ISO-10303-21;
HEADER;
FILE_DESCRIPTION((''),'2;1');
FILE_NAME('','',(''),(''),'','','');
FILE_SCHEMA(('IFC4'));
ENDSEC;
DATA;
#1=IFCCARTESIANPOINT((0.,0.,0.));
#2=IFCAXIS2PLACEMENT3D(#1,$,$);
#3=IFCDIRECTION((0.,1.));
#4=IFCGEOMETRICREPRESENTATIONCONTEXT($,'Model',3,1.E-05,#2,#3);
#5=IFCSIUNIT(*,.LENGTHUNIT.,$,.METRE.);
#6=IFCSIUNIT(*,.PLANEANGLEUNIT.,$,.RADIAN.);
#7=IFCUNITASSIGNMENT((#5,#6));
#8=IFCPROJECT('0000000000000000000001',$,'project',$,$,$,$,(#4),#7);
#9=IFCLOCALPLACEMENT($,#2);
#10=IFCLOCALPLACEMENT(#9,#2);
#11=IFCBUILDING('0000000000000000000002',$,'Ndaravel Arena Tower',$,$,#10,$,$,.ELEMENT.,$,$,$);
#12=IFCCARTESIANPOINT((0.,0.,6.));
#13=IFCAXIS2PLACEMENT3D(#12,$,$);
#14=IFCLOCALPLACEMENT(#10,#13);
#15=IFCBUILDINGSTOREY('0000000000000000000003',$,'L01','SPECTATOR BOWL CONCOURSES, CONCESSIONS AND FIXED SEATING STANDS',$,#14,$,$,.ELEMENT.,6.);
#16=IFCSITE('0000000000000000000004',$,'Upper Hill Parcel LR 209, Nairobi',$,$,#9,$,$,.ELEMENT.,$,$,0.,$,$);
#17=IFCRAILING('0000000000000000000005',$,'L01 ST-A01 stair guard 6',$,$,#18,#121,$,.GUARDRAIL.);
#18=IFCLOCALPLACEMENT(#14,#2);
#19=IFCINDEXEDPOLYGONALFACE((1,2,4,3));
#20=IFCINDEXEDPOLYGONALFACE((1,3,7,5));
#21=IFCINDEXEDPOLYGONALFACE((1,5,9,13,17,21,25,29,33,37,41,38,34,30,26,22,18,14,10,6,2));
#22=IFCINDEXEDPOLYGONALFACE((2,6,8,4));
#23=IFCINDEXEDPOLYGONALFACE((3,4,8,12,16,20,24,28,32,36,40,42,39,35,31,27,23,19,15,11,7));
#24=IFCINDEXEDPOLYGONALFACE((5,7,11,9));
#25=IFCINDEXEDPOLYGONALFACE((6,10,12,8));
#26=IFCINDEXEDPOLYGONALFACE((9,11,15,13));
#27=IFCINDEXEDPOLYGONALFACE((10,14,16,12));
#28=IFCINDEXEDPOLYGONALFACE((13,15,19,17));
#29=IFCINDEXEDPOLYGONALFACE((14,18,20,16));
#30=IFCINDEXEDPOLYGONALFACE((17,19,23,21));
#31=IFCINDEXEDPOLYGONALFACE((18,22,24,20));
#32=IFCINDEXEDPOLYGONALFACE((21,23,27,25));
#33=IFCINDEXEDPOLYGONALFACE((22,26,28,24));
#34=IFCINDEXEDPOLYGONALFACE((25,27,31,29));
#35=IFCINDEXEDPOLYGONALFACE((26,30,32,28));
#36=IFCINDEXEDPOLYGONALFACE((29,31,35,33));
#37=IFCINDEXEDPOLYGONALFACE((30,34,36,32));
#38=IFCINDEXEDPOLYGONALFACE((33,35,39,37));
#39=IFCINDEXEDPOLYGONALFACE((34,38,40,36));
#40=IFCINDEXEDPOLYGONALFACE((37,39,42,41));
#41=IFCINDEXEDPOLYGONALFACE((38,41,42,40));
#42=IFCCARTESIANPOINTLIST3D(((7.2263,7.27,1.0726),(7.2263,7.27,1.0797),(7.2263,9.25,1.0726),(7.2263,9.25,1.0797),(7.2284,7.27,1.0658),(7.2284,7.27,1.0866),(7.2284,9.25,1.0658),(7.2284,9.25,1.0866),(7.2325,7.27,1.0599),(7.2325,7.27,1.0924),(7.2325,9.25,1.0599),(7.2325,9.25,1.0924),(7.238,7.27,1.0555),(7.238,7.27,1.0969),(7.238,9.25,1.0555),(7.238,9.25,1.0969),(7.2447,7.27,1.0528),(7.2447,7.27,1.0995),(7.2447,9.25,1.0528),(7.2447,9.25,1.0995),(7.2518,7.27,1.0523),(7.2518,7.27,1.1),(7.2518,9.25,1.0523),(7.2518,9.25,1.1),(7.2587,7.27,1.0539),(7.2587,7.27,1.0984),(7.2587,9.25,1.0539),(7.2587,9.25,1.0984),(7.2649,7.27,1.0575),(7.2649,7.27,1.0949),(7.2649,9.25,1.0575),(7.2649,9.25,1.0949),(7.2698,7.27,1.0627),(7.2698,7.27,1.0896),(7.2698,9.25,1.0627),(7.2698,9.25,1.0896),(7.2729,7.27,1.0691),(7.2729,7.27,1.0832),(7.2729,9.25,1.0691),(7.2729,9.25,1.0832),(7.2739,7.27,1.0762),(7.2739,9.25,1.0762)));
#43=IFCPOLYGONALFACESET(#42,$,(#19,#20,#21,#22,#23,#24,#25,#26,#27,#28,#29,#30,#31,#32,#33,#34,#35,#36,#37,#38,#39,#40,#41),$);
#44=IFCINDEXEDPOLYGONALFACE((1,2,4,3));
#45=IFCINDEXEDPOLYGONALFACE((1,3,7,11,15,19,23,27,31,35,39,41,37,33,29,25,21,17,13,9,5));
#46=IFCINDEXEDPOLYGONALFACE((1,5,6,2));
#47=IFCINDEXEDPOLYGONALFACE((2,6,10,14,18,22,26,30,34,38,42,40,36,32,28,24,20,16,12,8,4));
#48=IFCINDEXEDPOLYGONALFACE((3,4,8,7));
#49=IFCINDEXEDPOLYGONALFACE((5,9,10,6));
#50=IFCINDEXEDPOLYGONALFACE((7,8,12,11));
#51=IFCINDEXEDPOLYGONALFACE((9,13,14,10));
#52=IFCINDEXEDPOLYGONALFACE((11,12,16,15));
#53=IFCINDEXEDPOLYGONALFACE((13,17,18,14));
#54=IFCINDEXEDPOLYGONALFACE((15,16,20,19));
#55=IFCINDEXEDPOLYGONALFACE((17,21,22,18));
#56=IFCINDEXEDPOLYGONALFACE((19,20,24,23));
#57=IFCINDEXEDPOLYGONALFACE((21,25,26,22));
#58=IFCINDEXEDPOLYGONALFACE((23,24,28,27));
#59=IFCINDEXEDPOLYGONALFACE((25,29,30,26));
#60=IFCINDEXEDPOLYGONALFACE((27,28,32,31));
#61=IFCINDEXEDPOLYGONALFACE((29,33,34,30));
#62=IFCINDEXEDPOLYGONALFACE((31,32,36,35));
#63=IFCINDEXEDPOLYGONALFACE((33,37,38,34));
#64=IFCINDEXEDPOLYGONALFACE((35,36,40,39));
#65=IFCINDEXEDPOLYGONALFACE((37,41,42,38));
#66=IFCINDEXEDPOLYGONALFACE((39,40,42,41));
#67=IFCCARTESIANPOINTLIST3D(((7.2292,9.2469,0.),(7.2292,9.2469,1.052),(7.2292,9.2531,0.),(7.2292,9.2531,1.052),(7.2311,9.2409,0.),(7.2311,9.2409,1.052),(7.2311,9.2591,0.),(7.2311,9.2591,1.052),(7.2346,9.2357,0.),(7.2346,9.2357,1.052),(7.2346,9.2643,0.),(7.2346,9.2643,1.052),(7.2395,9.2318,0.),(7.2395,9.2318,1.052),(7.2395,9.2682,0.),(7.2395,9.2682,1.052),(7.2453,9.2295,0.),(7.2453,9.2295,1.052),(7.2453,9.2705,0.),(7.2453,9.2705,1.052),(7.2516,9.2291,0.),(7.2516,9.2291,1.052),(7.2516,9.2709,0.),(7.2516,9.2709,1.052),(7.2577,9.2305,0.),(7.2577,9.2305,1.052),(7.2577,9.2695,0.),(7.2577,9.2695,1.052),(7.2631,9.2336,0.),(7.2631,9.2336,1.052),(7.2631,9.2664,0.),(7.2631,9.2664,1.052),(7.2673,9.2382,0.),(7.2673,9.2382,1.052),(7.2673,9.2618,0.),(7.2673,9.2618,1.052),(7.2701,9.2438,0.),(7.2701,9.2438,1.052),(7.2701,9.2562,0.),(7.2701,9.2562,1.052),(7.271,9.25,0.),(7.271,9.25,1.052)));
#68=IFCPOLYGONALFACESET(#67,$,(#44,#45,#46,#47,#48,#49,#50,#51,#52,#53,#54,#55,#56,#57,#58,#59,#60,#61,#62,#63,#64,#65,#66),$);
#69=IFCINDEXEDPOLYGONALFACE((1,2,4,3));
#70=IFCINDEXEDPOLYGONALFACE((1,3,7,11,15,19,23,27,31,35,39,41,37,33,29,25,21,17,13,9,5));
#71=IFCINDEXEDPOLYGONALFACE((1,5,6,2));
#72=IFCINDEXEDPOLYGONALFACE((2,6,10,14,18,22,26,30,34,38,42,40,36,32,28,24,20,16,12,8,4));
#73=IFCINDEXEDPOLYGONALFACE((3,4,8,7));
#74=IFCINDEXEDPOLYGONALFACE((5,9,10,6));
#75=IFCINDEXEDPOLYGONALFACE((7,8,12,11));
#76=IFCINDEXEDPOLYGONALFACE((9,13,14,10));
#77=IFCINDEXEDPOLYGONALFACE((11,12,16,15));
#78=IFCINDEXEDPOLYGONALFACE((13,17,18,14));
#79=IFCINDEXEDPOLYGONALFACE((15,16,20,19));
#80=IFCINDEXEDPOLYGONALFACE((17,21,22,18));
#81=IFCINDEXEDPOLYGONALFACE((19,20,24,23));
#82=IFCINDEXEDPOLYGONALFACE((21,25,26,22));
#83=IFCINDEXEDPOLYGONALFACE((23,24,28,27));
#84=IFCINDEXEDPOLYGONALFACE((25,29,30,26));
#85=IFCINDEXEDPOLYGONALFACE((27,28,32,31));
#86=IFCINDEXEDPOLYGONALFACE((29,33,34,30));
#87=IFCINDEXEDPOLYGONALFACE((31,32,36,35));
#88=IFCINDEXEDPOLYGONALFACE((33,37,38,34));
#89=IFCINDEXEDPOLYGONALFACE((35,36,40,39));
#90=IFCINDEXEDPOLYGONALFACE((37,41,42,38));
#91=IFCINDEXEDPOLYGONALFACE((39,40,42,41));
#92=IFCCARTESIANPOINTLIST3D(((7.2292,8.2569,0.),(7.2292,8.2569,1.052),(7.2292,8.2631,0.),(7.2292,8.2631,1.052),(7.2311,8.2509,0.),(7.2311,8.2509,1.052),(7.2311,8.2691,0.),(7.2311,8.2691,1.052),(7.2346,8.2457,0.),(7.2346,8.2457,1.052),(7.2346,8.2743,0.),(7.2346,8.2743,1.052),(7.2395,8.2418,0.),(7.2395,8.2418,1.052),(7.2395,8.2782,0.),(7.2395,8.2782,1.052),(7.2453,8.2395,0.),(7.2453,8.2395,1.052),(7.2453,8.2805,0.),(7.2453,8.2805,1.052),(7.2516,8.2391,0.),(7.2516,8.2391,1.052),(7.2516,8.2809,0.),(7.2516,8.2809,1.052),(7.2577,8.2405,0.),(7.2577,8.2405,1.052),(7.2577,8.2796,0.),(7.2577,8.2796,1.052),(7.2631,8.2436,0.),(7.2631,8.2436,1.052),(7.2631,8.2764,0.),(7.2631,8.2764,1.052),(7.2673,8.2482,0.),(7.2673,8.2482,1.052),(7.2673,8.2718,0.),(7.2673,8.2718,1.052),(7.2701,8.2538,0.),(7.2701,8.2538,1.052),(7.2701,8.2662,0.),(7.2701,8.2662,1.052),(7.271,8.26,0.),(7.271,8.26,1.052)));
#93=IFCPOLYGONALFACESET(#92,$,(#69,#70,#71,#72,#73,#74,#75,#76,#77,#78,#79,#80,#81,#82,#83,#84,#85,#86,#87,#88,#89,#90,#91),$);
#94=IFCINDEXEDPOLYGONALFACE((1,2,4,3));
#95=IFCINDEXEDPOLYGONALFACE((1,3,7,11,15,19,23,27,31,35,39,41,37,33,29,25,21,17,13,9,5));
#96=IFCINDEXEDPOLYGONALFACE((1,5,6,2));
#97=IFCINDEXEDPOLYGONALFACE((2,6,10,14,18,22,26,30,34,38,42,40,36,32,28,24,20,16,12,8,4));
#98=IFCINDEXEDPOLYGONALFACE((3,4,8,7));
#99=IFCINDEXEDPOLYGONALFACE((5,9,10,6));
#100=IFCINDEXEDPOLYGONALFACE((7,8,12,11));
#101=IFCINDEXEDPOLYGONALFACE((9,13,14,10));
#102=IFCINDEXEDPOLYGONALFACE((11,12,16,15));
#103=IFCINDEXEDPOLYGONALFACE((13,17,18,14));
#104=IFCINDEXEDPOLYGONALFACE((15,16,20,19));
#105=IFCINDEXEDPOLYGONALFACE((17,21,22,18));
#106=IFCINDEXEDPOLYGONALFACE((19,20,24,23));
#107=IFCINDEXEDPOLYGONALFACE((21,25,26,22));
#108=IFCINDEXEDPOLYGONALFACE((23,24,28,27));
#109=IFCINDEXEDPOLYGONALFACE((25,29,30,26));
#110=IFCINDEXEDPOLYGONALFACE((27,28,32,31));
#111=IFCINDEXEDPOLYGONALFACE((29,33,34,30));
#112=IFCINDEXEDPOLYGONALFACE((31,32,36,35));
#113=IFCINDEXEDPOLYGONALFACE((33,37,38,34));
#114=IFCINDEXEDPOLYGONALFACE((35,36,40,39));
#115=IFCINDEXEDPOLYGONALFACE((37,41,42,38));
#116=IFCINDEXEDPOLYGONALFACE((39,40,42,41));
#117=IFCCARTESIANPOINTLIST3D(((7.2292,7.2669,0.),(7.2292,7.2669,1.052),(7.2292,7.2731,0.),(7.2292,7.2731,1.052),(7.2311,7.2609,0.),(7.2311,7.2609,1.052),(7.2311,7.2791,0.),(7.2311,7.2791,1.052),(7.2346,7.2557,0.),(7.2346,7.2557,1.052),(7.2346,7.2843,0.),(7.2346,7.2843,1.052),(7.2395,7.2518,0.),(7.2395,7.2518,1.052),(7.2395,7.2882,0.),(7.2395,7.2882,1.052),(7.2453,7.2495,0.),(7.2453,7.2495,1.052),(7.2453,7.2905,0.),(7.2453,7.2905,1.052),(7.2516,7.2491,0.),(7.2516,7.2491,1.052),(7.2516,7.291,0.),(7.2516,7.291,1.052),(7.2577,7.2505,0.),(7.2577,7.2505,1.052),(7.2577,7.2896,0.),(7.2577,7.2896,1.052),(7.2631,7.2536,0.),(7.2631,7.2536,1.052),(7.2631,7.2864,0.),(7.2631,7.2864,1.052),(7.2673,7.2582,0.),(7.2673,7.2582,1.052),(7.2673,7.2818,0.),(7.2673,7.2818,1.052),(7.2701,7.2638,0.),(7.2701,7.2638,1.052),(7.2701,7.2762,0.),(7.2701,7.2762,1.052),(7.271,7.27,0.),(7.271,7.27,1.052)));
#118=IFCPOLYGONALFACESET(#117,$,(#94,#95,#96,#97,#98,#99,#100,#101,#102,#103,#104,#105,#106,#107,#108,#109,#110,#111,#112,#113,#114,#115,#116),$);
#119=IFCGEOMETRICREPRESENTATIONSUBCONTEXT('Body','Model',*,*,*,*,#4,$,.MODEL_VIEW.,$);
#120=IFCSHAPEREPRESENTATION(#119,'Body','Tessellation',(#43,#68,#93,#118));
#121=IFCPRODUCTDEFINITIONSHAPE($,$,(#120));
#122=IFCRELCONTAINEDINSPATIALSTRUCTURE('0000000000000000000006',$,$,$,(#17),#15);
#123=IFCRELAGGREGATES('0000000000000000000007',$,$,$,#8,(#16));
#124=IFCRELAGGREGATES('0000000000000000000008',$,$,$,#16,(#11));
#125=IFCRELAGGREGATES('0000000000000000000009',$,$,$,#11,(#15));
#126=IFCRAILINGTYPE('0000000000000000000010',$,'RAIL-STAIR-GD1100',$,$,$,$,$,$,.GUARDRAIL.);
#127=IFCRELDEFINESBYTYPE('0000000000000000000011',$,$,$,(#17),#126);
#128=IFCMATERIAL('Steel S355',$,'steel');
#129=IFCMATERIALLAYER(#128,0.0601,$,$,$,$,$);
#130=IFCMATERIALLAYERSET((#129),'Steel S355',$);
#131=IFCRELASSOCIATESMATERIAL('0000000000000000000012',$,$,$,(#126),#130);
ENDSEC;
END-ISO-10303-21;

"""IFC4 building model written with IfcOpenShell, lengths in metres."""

from ifc_helpers import new_model, si_unit, direction, frame, origin, origin_2d, place, context, subcontext, project, spatial, circle, extrude, material, layer, layer_set, type_object, element, save


model = new_model("IFC4")

# Units and contexts
model_context = context("Model", 3, precision=1e-05, world=origin(), true_north=direction((0.0, 1.0)))
body_context = subcontext(model_context, "Body", "Model", "MODEL_VIEW")
ifc_project = project(units=[si_unit("LENGTHUNIT", "METRE"), si_unit("PLANEANGLEUNIT", "RADIAN")], contexts=[model_context])

# Site, building, storey
site_placement = place(None, origin())
site = spatial("IfcSite", under=ifc_project, at=site_placement, Name="Upper Hill Parcel LR 209, Nairobi", CompositionType="ELEMENT", RefElevation=0.0)
building_placement = place(site_placement, origin())
building = spatial("IfcBuilding", under=site, at=building_placement, Name="Ndaravel Arena Tower", CompositionType="ELEMENT")
storey_placement = place(building_placement, frame((0.0, 0.0, 6.0)))
storey = spatial("IfcBuildingStorey", under=building, at=storey_placement, Name="L01", Description="SPECTATOR BOWL CONCOURSES, CONCESSIONS AND FIXED SEATING STANDS", CompositionType="ELEMENT", Elevation=6.0)

# Railing
ifc_material_1 = material(Name="Steel S355", Category="steel")
ifc_layer_1 = layer(ifc_material_1, 0.0601)
ifc_layer_set_1 = layer_set([ifc_layer_1], Name="Steel S355")
railing_type_1 = type_object("IfcRailingType", Name="RAIL-STAIR-GD1100", PredefinedType="GUARDRAIL", material=ifc_layer_set_1)
for number, where, name in (
    (1, (7.25, 9.25, 0.0), "L01 ST-A01 stair guard 6"),
):
    element("IfcRailing", number, at=place(storey_placement, frame(where)), inside=storey, type_object=railing_type_1, Name=name, PredefinedType="GUARDRAIL", context=body_context, shape_type="SweptSolid", body=[
        extrude(circle(Radius=0.0239, at=origin_2d()), frame((0.0, 0.0, 1.0762), z_axis=(0.0, -1.0, 0.0), x_axis=(1.0, 0.0, 0.0)), (0.0, 0.0, 1.0), 1.98),
        extrude(circle(Radius=0.021, at=origin_2d()), origin(), (0.0, 0.0, 1.0), 1.052),
        extrude(circle(Radius=0.021, at=origin_2d()), frame((0.0, -0.99, 0.0)), (0.0, 0.0, 1.0), 1.052),
        extrude(circle(Radius=0.021, at=origin_2d()), frame((0.0, -1.98, 0.0)), (0.0, 0.0, 1.0), 1.052),
    ])

save(model, "model.ifc")
